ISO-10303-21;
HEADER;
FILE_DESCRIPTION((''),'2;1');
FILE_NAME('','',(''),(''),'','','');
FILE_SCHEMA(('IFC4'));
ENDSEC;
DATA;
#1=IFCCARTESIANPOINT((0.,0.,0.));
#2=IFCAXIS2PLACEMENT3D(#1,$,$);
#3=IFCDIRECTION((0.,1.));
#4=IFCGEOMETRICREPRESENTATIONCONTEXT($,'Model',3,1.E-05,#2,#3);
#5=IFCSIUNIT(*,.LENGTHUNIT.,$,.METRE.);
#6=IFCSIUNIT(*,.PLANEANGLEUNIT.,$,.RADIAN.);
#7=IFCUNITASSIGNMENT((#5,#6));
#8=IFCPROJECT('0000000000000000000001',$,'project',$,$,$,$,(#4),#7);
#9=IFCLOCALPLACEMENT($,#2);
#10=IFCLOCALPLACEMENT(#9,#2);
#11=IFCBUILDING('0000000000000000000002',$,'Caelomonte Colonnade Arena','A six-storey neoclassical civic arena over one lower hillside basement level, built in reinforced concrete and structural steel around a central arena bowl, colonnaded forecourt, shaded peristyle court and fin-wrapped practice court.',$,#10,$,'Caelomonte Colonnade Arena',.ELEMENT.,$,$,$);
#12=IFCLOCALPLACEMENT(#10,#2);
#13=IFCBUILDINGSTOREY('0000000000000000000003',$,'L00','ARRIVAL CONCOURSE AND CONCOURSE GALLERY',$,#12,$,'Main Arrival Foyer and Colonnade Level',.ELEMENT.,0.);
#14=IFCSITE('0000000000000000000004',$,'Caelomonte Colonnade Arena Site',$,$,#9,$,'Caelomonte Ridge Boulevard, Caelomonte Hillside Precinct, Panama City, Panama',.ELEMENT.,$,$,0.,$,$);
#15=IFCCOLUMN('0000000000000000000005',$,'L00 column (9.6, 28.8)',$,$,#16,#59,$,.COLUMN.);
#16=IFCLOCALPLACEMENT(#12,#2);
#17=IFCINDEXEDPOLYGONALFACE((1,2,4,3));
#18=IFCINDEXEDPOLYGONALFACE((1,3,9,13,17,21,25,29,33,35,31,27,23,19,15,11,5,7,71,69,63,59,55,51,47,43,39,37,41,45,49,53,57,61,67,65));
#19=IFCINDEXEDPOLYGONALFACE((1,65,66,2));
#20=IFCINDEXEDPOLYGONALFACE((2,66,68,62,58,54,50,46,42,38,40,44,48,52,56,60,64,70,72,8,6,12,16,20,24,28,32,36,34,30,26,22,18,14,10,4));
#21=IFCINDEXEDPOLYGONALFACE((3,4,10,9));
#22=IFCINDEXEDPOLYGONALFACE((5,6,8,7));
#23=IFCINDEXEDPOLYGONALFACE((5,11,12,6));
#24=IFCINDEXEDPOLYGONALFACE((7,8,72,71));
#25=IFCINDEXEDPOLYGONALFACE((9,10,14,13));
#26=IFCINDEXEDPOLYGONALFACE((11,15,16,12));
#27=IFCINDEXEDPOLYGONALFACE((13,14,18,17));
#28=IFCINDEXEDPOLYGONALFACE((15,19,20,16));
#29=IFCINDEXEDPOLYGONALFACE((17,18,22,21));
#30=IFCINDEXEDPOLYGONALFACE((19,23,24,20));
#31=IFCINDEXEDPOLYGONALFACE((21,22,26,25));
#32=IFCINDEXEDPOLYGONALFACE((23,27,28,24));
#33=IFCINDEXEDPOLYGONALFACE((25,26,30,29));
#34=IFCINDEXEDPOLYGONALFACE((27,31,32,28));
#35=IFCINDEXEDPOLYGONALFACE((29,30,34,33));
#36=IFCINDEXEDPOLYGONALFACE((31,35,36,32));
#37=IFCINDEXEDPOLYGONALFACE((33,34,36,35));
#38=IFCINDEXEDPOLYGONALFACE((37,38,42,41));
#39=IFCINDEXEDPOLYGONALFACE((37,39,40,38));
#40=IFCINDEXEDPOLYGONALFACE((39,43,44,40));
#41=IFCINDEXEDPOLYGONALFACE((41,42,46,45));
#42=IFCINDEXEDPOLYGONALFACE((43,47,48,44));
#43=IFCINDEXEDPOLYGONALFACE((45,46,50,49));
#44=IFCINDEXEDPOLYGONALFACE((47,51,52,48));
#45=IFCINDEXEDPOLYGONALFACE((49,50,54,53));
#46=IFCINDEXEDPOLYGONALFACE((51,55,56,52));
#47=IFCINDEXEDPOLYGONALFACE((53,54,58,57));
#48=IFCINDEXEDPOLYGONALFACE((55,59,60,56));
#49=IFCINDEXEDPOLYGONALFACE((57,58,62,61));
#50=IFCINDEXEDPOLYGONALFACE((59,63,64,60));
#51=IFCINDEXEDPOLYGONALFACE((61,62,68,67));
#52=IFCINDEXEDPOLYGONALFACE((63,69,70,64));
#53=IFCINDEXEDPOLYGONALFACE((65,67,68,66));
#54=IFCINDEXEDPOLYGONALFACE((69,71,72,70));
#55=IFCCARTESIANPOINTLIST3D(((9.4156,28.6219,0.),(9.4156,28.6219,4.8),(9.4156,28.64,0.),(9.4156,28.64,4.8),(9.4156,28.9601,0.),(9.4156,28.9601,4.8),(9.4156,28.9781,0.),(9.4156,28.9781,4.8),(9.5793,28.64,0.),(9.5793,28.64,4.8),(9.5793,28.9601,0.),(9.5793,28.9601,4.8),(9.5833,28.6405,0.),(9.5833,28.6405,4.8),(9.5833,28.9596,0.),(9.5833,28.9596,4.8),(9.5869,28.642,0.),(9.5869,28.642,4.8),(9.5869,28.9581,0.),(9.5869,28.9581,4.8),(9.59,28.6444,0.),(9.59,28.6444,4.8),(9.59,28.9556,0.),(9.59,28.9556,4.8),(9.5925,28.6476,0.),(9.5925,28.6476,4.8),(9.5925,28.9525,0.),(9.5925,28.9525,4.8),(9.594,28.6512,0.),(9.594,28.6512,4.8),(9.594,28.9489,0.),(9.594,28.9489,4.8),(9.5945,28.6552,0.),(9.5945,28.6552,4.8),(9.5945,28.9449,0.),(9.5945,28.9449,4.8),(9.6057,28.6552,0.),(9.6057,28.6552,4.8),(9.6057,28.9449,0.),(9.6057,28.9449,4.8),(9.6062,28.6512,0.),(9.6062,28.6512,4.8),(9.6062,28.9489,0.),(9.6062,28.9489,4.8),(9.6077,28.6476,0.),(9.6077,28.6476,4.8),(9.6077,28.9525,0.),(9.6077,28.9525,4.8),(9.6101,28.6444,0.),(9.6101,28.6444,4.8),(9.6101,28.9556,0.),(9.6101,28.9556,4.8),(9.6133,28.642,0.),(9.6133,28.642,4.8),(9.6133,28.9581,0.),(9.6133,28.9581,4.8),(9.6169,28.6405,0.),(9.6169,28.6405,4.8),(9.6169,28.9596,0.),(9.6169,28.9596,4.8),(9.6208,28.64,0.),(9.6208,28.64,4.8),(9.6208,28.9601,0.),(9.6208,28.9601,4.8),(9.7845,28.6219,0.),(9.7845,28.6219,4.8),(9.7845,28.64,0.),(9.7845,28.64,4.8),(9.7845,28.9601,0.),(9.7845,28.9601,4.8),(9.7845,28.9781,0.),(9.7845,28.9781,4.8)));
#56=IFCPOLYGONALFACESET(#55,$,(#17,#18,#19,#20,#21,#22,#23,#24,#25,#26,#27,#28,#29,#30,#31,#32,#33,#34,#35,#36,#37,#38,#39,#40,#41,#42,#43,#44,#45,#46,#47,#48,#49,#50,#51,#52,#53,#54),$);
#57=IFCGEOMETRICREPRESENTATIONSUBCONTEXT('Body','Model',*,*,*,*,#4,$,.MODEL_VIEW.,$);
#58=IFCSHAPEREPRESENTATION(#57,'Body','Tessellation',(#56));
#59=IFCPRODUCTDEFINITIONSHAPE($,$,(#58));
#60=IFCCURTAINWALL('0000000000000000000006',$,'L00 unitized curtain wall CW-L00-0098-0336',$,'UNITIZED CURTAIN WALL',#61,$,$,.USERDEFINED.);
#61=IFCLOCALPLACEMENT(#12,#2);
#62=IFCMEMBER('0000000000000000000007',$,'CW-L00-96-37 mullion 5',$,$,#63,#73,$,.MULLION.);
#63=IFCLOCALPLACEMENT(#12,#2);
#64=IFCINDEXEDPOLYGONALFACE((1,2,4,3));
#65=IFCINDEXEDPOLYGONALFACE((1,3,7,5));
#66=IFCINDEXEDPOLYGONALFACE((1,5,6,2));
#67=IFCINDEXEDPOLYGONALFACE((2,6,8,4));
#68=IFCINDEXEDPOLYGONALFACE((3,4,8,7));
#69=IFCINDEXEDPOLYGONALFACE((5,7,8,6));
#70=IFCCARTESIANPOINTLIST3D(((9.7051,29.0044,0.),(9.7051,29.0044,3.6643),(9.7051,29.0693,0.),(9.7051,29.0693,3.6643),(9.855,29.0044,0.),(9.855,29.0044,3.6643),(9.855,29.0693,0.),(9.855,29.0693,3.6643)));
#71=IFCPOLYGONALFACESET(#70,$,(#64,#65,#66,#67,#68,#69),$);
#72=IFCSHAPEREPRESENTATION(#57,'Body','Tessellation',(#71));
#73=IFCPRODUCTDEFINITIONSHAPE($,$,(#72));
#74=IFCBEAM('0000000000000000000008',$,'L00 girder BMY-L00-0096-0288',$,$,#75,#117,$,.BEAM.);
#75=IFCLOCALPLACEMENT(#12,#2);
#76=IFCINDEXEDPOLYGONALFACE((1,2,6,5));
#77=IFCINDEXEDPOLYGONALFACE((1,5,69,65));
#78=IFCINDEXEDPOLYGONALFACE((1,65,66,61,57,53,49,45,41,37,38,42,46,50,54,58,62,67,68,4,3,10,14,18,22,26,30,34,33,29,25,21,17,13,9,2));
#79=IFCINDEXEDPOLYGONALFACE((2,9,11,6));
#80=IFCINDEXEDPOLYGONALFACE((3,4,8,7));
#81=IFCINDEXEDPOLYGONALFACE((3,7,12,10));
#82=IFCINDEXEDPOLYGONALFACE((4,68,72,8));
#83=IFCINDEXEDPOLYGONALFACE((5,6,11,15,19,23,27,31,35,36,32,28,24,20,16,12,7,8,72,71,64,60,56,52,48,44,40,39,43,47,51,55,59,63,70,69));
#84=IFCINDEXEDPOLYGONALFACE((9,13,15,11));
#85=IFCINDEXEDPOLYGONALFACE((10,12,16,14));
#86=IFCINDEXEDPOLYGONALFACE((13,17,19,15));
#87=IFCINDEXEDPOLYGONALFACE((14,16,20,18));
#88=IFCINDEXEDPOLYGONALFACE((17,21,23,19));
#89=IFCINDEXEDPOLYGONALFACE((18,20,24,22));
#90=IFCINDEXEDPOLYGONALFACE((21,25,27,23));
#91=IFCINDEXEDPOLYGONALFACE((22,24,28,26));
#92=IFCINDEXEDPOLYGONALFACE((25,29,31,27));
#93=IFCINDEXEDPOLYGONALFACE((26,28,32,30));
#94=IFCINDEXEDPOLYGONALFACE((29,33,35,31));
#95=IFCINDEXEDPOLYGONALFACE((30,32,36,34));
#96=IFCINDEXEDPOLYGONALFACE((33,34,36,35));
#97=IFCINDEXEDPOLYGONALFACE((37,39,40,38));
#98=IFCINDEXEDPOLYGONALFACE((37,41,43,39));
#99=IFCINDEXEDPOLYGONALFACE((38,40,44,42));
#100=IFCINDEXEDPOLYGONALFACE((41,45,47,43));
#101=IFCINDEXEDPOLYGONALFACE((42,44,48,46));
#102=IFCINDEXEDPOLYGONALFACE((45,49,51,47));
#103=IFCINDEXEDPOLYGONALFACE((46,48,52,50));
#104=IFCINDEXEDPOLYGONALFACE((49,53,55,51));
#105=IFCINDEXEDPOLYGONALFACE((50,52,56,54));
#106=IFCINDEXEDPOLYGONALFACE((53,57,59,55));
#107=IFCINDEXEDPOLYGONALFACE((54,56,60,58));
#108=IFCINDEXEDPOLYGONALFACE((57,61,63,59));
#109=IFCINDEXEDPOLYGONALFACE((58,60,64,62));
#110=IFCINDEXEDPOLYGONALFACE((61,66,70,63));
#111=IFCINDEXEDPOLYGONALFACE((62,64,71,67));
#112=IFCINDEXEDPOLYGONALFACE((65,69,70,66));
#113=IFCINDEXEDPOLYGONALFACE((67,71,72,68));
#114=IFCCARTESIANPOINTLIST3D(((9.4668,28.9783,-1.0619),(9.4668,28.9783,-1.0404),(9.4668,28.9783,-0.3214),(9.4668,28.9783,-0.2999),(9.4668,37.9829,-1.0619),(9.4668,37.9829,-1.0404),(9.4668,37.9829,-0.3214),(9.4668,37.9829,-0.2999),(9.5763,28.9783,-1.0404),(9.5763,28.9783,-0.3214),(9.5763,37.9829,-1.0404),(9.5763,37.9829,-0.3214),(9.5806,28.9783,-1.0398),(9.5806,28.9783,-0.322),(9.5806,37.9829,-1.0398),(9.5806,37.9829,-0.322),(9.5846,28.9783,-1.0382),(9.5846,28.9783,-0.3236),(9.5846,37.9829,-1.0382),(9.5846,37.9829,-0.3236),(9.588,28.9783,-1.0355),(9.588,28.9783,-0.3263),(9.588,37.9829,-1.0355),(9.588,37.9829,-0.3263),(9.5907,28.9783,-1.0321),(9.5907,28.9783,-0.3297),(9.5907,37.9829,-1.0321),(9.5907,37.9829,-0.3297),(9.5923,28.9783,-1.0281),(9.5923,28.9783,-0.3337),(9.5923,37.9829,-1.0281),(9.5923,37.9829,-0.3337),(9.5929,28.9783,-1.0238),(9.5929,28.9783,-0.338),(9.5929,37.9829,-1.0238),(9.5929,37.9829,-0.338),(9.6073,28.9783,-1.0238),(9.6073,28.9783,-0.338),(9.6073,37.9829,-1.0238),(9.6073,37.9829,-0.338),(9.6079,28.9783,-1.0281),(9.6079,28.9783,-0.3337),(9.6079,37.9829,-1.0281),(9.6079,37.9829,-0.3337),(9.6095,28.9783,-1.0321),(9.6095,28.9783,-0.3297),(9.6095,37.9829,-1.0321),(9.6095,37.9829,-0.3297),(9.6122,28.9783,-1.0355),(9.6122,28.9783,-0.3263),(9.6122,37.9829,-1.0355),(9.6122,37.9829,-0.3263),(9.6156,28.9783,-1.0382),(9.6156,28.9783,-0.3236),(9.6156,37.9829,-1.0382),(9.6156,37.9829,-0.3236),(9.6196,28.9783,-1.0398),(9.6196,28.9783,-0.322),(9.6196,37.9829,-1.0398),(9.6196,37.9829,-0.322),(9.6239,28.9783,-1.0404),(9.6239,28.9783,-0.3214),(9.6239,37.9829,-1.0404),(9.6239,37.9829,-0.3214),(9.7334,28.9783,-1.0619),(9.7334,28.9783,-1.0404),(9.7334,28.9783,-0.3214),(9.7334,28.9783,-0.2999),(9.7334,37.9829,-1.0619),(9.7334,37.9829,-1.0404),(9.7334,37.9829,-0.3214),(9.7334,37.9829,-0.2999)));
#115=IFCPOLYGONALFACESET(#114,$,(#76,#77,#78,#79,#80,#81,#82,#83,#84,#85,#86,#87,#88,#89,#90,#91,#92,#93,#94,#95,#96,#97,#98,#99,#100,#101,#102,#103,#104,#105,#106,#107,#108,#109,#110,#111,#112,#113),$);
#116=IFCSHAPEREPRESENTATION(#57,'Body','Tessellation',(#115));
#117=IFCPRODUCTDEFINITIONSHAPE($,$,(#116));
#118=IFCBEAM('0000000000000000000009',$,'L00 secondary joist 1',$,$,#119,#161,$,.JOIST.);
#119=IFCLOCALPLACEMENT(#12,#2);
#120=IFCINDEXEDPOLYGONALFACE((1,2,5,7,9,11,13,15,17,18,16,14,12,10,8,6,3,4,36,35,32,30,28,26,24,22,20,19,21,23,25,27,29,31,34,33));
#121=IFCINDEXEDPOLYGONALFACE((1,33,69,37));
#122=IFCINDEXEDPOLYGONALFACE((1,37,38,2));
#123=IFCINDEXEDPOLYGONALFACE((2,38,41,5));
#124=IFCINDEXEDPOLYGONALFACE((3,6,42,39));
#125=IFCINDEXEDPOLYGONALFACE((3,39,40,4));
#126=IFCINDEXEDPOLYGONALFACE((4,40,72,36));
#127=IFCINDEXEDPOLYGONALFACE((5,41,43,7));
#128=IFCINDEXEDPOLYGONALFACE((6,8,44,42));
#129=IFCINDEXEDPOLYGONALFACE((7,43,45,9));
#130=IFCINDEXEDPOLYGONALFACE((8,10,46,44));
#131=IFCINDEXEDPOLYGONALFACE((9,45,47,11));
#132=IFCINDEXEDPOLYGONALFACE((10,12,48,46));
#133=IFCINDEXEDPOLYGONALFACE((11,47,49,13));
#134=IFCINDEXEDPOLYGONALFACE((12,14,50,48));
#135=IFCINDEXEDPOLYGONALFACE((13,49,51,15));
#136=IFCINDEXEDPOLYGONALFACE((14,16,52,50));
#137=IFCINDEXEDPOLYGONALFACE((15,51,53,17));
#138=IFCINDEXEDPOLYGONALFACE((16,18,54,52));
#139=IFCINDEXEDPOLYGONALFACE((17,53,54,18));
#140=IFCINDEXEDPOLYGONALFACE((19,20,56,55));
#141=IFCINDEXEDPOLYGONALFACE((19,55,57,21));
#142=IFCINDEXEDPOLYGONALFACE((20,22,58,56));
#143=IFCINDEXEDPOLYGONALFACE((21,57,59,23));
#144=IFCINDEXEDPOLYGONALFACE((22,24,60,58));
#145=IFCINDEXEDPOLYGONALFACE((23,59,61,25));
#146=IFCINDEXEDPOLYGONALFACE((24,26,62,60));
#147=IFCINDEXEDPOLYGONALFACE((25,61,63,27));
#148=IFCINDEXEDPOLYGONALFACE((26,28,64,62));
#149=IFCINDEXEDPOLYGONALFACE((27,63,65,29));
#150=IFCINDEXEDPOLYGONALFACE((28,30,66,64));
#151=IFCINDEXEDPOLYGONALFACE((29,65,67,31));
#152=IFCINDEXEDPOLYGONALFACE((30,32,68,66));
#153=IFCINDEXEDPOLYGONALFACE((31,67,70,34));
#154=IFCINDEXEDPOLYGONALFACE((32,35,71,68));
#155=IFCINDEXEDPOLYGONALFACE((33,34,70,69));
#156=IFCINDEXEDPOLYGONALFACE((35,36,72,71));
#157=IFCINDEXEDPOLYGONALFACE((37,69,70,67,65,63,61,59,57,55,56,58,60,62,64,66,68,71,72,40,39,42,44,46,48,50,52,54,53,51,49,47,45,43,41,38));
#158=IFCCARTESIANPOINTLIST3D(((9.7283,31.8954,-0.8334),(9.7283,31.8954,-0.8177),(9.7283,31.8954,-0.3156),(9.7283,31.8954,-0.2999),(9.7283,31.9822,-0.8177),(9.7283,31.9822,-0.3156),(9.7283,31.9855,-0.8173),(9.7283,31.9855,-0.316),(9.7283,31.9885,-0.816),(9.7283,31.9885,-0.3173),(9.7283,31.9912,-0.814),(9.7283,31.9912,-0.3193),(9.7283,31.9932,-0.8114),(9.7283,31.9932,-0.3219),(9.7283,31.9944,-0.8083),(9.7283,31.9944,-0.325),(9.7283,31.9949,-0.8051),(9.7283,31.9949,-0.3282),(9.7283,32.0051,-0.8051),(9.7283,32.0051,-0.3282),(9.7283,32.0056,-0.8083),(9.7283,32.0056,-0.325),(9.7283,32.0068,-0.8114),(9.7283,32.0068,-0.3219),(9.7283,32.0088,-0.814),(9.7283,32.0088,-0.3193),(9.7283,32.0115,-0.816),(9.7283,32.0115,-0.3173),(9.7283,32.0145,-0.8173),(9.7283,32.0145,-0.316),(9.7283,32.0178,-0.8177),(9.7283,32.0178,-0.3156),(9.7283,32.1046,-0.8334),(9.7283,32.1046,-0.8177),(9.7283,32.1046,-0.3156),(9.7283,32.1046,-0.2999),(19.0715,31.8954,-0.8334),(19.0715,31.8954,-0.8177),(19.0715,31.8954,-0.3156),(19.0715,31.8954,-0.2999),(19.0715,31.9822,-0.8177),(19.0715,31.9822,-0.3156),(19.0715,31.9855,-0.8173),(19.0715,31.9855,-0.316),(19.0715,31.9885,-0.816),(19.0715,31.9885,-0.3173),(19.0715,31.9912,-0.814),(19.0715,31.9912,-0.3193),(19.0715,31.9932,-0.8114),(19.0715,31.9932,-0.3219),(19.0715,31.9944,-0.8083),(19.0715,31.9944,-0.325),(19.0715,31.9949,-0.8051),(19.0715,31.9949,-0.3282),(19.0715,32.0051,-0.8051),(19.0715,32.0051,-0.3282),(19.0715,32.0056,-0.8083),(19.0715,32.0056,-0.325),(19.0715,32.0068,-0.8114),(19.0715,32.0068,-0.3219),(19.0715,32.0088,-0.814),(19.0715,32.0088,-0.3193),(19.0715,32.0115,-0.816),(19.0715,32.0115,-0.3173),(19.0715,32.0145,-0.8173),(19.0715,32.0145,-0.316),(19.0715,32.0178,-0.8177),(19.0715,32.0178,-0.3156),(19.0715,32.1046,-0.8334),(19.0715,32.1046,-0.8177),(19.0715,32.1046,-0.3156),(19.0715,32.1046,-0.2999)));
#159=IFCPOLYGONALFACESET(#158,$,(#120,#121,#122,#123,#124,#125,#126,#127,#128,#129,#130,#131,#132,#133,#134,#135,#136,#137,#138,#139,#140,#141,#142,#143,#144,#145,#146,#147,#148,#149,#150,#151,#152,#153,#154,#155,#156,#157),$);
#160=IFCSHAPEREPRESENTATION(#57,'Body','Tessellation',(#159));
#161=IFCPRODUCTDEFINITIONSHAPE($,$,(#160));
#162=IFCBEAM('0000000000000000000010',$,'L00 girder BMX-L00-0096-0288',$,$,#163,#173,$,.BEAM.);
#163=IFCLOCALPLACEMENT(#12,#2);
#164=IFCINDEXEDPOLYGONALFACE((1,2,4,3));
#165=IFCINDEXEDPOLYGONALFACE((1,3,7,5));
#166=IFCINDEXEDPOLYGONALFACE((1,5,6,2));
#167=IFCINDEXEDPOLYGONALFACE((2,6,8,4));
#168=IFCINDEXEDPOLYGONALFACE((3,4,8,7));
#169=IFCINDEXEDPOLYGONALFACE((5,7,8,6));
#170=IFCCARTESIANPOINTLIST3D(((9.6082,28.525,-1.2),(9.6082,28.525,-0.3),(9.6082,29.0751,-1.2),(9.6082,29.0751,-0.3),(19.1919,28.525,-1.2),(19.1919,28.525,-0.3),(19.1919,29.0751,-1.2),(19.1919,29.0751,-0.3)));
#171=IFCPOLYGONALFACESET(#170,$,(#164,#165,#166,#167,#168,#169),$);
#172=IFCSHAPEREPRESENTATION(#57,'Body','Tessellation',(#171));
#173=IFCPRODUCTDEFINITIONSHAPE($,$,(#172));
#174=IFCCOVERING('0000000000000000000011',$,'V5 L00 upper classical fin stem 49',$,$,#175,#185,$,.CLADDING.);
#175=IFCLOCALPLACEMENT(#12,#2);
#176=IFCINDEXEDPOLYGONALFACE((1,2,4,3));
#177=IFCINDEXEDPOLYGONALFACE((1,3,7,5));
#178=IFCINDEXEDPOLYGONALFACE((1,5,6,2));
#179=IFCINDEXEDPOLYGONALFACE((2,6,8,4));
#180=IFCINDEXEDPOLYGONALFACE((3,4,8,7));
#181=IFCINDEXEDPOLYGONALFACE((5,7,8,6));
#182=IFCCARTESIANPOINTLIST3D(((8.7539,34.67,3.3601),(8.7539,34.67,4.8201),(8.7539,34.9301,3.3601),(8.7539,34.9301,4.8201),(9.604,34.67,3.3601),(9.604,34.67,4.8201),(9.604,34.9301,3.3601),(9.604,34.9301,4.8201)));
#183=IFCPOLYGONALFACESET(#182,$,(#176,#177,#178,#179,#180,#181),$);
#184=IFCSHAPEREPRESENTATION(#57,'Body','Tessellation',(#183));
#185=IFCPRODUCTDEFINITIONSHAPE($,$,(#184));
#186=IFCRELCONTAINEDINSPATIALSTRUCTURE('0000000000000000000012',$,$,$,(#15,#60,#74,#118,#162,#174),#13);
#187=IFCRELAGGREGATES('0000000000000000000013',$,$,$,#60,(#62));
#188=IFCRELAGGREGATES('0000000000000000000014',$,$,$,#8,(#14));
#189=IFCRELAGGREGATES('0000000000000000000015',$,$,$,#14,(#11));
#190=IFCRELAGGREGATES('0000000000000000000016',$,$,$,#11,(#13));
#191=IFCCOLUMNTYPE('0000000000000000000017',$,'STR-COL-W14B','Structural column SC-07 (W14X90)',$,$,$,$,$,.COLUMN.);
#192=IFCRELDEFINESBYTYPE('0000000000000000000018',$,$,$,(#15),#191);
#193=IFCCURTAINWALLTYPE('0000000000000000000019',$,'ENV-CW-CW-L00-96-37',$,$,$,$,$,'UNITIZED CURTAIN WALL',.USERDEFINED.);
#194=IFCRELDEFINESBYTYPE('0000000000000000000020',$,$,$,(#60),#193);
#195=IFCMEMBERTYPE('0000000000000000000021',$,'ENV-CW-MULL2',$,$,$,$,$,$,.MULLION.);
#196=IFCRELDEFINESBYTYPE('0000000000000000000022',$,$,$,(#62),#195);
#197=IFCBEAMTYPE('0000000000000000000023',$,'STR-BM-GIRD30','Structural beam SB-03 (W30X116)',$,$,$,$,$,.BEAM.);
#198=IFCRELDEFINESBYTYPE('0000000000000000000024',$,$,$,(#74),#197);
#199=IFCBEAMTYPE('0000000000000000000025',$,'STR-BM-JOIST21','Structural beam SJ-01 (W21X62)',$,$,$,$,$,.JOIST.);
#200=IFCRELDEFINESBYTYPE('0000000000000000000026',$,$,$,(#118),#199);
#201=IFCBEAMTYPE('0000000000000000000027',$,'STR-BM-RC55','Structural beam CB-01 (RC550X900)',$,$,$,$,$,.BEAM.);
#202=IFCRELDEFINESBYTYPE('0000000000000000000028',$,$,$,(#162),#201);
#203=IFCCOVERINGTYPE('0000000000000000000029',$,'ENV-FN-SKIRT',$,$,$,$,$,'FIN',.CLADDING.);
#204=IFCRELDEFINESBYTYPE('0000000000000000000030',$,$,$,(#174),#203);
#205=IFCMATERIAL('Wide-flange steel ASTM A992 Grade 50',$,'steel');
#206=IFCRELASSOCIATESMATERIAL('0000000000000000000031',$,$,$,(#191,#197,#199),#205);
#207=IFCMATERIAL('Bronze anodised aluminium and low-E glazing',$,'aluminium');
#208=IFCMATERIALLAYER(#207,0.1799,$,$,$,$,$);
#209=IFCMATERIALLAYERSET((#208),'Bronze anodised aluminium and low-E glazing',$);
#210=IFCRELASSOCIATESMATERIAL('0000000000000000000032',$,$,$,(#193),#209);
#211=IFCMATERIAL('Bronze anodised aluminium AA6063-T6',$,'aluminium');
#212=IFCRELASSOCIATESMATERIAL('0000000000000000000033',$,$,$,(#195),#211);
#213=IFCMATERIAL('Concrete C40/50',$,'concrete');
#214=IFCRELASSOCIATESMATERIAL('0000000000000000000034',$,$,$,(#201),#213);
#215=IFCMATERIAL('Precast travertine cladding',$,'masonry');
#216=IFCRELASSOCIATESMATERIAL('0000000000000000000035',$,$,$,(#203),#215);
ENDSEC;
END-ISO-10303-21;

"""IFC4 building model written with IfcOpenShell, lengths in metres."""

from ifc_helpers import new_model, si_unit, direction, frame, origin, origin_2d, place, context, subcontext, project, spatial, rectangle, i_section, extrude, material, layer, layer_set, material_profile, profile_set, type_object, element, aggregate, save


model = new_model("IFC4")

# Units and contexts
model_context = context("Model", 3, precision=1e-05, world=origin(), true_north=direction((0.0, 1.0)))
body_context = subcontext(model_context, "Body", "Model", "MODEL_VIEW")
ifc_project = project(units=[si_unit("LENGTHUNIT", "METRE"), si_unit("PLANEANGLEUNIT", "RADIAN")], contexts=[model_context])

# Site, building, storey
site_placement = place(None, origin())
site = spatial("IfcSite", under=ifc_project, at=site_placement, Name="Caelomonte Colonnade Arena Site", LongName="Caelomonte Ridge Boulevard, Caelomonte Hillside Precinct, Panama City, Panama", CompositionType="ELEMENT", RefElevation=0.0)
building_placement = place(site_placement, origin())
building = spatial("IfcBuilding", under=site, at=building_placement, Name="Caelomonte Colonnade Arena", Description="A six-storey neoclassical civic arena over one lower hillside basement level, built in reinforced concrete and structural steel around a central arena bowl, colonnaded forecourt, shaded peristyle court and fin-wrapped practice court.", LongName="Caelomonte Colonnade Arena", CompositionType="ELEMENT")
storey_placement = place(building_placement, origin())
storey = spatial("IfcBuildingStorey", under=building, at=storey_placement, Name="L00", Description="ARRIVAL CONCOURSE AND CONCOURSE GALLERY", LongName="Main Arrival Foyer and Colonnade Level", CompositionType="ELEMENT", Elevation=0.0)

# Column
ifc_material_1 = material(Name="Wide-flange steel ASTM A992 Grade 50", Category="steel")
ifc_material_profile_1 = material_profile(ifc_material_1, i_section(OverallWidth=0.3689, OverallDepth=0.3562, WebThickness=0.0112, FlangeThickness=0.0181, FilletRadius=0.0151, at=origin_2d()), Name="W14X90")
ifc_profile_set_1 = profile_set([ifc_material_profile_1], Name="Wide-flange steel ASTM A992 Grade 50")
column_type = type_object("IfcColumnType", Name="STR-COL-W14B", Description="Structural column SC-07 (W14X90)", PredefinedType="COLUMN", material=ifc_profile_set_1)
column_placement = place(storey_placement, frame((9.6001, 28.8, 0.0), z_axis=(0.0, 0.0, 1.0), x_axis=(1.0, 0.0, 0.0)))
element("IfcColumn", 1, at=column_placement, inside=storey, type_object=column_type, Name="L00 column (9.6, 28.8)", PredefinedType="COLUMN", context=body_context, shape_type="SweptSolid", body=[
    extrude(i_section(OverallWidth=0.3689, OverallDepth=0.3562, WebThickness=0.0112, FlangeThickness=0.0181, FilletRadius=0.0151, at=origin_2d()), origin(), (0.0, 0.0, 1.0), 4.8),
])

# Curtain wall, member
ifc_material_2 = material(Name="Bronze anodised aluminium and low-E glazing", Category="aluminium")
ifc_layer_1 = layer(ifc_material_2, 0.1799)
ifc_layer_set_1 = layer_set([ifc_layer_1], Name="Bronze anodised aluminium and low-E glazing")
curtain_wall_type = type_object("IfcCurtainWallType", Name="ENV-CW-CW-L00-96-37", ElementType="UNITIZED CURTAIN WALL", PredefinedType="USERDEFINED", material=ifc_layer_set_1)
curtain_wall_placement = place(storey_placement, origin())
curtain_wall = element("IfcCurtainWall", 2, at=curtain_wall_placement, inside=storey, type_object=curtain_wall_type, Name="L00 unitized curtain wall CW-L00-0098-0336", ObjectType="UNITIZED CURTAIN WALL", PredefinedType="USERDEFINED")
ifc_material_3 = material(Name="Bronze anodised aluminium AA6063-T6", Category="aluminium")
ifc_material_profile_2 = material_profile(ifc_material_3, rectangle(XDim=0.0649, YDim=0.1499, at=origin_2d()), Name="CWM-65X150")
ifc_profile_set_2 = profile_set([ifc_material_profile_2], Name="Bronze anodised aluminium AA6063-T6")
member_type = type_object("IfcMemberType", Name="ENV-CW-MULL2", PredefinedType="MULLION", material=ifc_profile_set_2)
member_placement = place(storey_placement, frame((9.78, 29.0369, 0.0), z_axis=(0.0, 0.0, 1.0), x_axis=(0.0, -1.0, 0.0)))
member = element("IfcMember", 3, at=member_placement, type_object=member_type, Name="CW-L00-96-37 mullion 5", PredefinedType="MULLION", context=body_context, shape_type="SweptSolid", body=[
    extrude(rectangle(XDim=0.0649, YDim=0.1499, at=origin_2d()), origin(), (0.0, 0.0, 1.0), 3.6643),
])
aggregate(curtain_wall, [member])

# Beams
ifc_material_profile_3 = material_profile(ifc_material_1, i_section(OverallWidth=0.2666, OverallDepth=0.762, WebThickness=0.0144, FlangeThickness=0.0215, FilletRadius=0.0166, at=origin_2d()), Name="W30X116")
ifc_profile_set_3 = profile_set([ifc_material_profile_3], Name="Wide-flange steel ASTM A992 Grade 50")
beam_type_1 = type_object("IfcBeamType", Name="STR-BM-GIRD30", Description="Structural beam SB-03 (W30X116)", PredefinedType="BEAM", material=ifc_profile_set_3)
beam_1_placement = place(storey_placement, frame((9.6001, 28.9783, -0.6809), z_axis=(0.0, 1.0, 0.0), x_axis=(-1.0, 0.0, 0.0)))
element("IfcBeam", 4, at=beam_1_placement, inside=storey, type_object=beam_type_1, Name="L00 girder BMY-L00-0096-0288", PredefinedType="BEAM", context=body_context, shape_type="SweptSolid", body=[
    extrude(i_section(OverallWidth=0.2666, OverallDepth=0.762, WebThickness=0.0144, FlangeThickness=0.0215, FilletRadius=0.0166, at=origin_2d()), origin(), (0.0, 0.0, 1.0), 9.0046),
])
ifc_material_profile_4 = material_profile(ifc_material_1, i_section(OverallWidth=0.2092, OverallDepth=0.5334, WebThickness=0.0103, FlangeThickness=0.0156, FilletRadius=0.0127, at=origin_2d()), Name="W21X62")
ifc_profile_set_4 = profile_set([ifc_material_profile_4], Name="Wide-flange steel ASTM A992 Grade 50")
beam_type_2 = type_object("IfcBeamType", Name="STR-BM-JOIST21", Description="Structural beam SJ-01 (W21X62)", PredefinedType="JOIST", material=ifc_profile_set_4)
beam_2_placement = place(storey_placement, frame((9.7283, 32.0, -0.5667), z_axis=(1.0, 0.0, 0.0), x_axis=(0.0, 1.0, 0.0)))
element("IfcBeam", 5, at=beam_2_placement, inside=storey, type_object=beam_type_2, Name="L00 secondary joist 1", PredefinedType="JOIST", context=body_context, shape_type="SweptSolid", body=[
    extrude(i_section(OverallWidth=0.2092, OverallDepth=0.5334, WebThickness=0.0103, FlangeThickness=0.0156, FilletRadius=0.0127, at=origin_2d()), origin(), (0.0, 0.0, 1.0), 9.3433),
])
ifc_material_4 = material(Name="Concrete C40/50", Category="concrete")
ifc_material_profile_5 = material_profile(ifc_material_4, rectangle(XDim=0.55, YDim=0.8999, at=origin_2d()), Name="RC550X900")
ifc_profile_set_5 = profile_set([ifc_material_profile_5], Name="Concrete C40/50")
beam_type_3 = type_object("IfcBeamType", Name="STR-BM-RC55", Description="Structural beam CB-01 (RC550X900)", PredefinedType="BEAM", material=ifc_profile_set_5)
beam_3_placement = place(storey_placement, frame((9.6082, 28.8, -0.75), z_axis=(1.0, 0.0, 0.0), x_axis=(0.0, 1.0, 0.0)))
element("IfcBeam", 6, at=beam_3_placement, inside=storey, type_object=beam_type_3, Name="L00 girder BMX-L00-0096-0288", PredefinedType="BEAM", context=body_context, shape_type="SweptSolid", body=[
    extrude(rectangle(XDim=0.55, YDim=0.8999, at=origin_2d()), origin(), (0.0, 0.0, 1.0), 9.5837),
])

# Covering
ifc_material_5 = material(Name="Precast travertine cladding", Category="masonry")
ifc_material_profile_6 = material_profile(ifc_material_5, rectangle(XDim=0.26, YDim=0.8501, at=origin_2d()), Name="FIN260X850")
ifc_profile_set_6 = profile_set([ifc_material_profile_6], Name="Precast travertine cladding")
covering_type = type_object("IfcCoveringType", Name="ENV-FN-SKIRT", ElementType="FIN", PredefinedType="CLADDING", material=ifc_profile_set_6)
covering_1_placement = place(storey_placement, frame((9.179, 34.8, 3.3601), z_axis=(0.0, 0.0, 1.0), x_axis=(0.0, 1.0, 0.0)))
element("IfcCovering", 7, at=covering_1_placement, inside=storey, type_object=covering_type, Name="V5 L00 upper classical fin stem 49", PredefinedType="CLADDING", context=body_context, shape_type="SweptSolid", body=[
    extrude(rectangle(XDim=0.26, YDim=0.8501, at=origin_2d()), origin(), (0.0, 0.0, 1.0), 1.46),
])

save(model, "model.ifc")
